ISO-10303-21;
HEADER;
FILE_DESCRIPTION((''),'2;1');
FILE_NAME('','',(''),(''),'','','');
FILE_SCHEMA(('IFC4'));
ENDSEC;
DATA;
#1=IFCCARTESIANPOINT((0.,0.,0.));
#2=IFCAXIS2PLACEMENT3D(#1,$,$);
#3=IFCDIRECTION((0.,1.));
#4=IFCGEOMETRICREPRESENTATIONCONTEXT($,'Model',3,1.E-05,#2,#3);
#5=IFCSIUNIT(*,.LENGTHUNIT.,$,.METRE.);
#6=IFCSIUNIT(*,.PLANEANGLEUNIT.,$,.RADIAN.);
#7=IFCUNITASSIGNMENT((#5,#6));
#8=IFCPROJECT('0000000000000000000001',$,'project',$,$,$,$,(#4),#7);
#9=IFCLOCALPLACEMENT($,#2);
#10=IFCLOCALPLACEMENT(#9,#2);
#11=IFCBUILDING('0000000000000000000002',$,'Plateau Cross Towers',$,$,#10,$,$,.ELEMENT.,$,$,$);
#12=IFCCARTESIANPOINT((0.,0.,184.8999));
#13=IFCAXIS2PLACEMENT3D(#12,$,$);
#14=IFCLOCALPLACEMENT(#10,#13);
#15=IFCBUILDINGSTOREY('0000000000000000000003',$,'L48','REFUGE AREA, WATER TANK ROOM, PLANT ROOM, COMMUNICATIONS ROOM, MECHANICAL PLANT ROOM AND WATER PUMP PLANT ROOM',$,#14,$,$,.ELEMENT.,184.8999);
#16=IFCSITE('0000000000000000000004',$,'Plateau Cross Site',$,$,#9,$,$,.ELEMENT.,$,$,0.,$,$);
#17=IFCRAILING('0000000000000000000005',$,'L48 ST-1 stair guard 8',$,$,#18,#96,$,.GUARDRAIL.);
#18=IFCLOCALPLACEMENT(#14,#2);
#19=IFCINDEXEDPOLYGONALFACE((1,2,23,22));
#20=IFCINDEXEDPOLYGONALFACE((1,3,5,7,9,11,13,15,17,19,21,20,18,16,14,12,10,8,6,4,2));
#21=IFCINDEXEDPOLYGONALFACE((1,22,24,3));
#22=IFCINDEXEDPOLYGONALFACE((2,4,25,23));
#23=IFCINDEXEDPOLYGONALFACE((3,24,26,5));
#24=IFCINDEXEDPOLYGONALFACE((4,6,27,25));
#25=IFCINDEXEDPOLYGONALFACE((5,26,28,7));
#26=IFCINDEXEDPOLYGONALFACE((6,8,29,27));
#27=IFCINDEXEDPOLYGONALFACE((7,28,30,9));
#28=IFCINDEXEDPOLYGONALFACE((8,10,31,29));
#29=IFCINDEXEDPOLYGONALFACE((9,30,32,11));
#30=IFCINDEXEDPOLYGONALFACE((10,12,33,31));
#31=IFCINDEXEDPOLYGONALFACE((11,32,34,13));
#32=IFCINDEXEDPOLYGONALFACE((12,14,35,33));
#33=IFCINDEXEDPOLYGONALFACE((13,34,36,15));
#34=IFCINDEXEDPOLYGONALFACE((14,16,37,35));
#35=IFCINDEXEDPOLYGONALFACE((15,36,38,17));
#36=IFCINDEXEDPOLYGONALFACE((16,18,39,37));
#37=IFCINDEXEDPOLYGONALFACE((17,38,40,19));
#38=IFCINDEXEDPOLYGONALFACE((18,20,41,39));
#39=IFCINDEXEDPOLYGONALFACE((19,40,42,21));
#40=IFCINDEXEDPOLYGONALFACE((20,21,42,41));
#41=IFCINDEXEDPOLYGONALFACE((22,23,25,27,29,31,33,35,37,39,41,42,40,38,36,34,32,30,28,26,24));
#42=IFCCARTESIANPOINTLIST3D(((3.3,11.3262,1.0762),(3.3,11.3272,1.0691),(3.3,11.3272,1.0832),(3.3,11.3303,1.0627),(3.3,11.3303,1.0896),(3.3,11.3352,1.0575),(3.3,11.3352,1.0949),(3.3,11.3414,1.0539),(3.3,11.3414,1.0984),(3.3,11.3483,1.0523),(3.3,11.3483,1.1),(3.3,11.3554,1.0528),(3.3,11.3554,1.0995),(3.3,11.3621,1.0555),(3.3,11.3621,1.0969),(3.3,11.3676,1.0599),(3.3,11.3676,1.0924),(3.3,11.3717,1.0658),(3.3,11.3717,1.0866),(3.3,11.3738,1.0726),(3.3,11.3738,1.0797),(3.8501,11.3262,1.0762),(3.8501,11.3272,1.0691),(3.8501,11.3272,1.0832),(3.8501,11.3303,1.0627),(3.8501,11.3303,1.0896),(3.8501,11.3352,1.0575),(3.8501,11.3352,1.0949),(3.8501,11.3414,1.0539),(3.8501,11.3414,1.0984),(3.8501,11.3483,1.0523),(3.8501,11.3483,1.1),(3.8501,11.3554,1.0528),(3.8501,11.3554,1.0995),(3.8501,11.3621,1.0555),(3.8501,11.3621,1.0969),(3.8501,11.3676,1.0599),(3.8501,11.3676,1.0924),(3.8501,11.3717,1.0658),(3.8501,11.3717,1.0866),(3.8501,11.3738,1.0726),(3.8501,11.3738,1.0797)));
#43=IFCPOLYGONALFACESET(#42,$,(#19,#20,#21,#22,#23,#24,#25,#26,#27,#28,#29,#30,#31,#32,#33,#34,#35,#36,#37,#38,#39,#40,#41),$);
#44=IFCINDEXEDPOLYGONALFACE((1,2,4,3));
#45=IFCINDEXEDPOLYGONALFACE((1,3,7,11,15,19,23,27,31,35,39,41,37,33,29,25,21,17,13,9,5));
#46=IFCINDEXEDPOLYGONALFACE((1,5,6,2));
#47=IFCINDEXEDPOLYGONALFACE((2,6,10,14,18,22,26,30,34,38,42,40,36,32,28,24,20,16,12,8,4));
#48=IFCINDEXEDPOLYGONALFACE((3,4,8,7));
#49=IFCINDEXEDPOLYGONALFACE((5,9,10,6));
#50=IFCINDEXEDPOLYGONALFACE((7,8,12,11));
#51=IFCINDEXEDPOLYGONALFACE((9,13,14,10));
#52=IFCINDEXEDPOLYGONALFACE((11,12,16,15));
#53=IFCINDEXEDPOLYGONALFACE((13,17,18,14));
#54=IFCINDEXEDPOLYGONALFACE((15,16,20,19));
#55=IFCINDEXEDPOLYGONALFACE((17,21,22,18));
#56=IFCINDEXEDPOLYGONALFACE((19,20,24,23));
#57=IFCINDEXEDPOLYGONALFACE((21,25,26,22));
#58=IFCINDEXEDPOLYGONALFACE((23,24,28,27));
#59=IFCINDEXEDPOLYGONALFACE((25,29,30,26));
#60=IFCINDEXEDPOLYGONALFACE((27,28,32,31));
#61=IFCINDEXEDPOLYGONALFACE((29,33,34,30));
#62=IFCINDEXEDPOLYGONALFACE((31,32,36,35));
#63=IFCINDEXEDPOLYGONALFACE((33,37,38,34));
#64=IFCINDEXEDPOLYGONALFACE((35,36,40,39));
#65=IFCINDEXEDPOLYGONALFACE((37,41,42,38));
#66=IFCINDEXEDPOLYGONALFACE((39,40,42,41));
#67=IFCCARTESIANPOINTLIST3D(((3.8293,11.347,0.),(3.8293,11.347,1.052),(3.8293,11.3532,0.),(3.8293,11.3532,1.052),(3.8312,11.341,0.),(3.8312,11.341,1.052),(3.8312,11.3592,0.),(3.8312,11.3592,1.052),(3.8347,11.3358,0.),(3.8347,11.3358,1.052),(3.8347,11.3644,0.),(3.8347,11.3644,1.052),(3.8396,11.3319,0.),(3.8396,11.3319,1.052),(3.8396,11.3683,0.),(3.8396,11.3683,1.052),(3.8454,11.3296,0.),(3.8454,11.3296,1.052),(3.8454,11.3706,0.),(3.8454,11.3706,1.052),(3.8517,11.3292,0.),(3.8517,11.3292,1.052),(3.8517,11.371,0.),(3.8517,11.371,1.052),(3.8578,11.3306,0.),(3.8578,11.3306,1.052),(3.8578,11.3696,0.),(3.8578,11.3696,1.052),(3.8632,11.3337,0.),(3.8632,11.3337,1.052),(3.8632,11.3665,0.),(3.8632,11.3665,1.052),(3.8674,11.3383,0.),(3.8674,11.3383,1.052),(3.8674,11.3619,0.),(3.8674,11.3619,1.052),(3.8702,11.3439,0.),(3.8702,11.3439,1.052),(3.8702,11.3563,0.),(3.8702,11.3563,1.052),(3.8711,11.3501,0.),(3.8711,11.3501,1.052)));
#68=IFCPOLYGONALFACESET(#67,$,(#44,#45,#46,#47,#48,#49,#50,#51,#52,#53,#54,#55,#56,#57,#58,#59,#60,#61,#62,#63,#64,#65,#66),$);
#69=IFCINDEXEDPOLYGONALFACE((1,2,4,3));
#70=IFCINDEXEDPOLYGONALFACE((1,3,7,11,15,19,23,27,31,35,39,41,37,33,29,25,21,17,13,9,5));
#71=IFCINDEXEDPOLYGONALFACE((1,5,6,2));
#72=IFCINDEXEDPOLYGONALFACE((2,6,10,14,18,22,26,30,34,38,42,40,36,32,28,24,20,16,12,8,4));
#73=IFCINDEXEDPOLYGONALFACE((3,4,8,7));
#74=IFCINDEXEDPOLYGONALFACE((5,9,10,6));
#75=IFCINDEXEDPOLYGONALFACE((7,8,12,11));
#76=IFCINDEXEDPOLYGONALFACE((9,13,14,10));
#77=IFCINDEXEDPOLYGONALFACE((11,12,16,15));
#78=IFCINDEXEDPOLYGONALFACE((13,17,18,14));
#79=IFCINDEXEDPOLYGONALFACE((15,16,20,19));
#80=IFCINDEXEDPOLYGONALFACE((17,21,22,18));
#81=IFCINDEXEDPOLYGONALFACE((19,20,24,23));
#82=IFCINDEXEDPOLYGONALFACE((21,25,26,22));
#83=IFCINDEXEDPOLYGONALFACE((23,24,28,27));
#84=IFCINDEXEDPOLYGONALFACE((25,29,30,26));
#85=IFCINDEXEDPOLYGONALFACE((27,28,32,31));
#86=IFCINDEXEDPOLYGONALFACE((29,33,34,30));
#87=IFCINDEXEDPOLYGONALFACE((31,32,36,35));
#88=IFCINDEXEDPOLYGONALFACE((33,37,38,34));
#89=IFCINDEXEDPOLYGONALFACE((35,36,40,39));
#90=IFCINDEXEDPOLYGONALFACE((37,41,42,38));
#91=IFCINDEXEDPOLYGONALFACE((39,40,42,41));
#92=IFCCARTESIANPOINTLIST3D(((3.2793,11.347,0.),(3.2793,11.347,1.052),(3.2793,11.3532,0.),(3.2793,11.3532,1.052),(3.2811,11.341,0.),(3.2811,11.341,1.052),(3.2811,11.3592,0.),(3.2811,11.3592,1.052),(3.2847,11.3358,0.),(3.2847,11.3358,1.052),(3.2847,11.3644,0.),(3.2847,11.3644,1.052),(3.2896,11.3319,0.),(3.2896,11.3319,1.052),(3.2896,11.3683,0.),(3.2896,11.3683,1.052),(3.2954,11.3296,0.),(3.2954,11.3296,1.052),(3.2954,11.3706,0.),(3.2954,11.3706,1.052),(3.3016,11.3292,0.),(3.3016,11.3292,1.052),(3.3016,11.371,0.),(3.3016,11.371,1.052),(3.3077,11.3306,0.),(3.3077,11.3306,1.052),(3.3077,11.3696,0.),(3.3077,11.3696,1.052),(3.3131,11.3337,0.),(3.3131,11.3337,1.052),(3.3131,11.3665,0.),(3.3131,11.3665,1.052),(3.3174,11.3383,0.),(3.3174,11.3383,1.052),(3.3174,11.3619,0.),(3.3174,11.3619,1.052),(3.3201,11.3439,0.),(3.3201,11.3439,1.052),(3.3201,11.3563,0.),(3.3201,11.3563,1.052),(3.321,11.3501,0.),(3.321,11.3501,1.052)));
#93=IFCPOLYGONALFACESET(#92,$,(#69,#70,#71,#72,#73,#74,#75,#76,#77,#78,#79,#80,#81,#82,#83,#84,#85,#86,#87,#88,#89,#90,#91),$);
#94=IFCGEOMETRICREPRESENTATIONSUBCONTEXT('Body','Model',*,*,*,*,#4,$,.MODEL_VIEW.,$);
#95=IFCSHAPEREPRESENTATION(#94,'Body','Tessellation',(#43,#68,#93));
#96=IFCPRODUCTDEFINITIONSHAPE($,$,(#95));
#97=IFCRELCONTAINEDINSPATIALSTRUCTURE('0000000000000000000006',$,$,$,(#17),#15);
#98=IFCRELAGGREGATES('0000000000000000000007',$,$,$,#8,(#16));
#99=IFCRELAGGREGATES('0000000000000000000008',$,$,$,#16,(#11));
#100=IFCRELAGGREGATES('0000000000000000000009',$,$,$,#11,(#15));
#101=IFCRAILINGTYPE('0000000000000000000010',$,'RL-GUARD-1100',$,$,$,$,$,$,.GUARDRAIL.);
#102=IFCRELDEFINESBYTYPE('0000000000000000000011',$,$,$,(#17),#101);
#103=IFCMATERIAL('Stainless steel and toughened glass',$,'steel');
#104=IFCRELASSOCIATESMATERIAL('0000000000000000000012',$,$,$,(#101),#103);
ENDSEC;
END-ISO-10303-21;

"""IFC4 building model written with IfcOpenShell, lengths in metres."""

from ifc_helpers import new_model, si_unit, direction, frame, origin, origin_2d, place, context, subcontext, project, spatial, circle, extrude, material, type_object, element, save


model = new_model("IFC4")

# Units and contexts
model_context = context("Model", 3, precision=1e-05, world=origin(), true_north=direction((0.0, 1.0)))
body_context = subcontext(model_context, "Body", "Model", "MODEL_VIEW")
ifc_project = project(units=[si_unit("LENGTHUNIT", "METRE"), si_unit("PLANEANGLEUNIT", "RADIAN")], contexts=[model_context])

# Site, building, storey
site_placement = place(None, origin())
site = spatial("IfcSite", under=ifc_project, at=site_placement, Name="Plateau Cross Site", CompositionType="ELEMENT", RefElevation=0.0)
building_placement = place(site_placement, origin())
building = spatial("IfcBuilding", under=site, at=building_placement, Name="Plateau Cross Towers", CompositionType="ELEMENT")
storey_placement = place(building_placement, frame((0.0, 0.0, 184.8999)))
storey = spatial("IfcBuildingStorey", under=building, at=storey_placement, Name="L48", Description="REFUGE AREA, WATER TANK ROOM, PLANT ROOM, COMMUNICATIONS ROOM, MECHANICAL PLANT ROOM AND WATER PUMP PLANT ROOM", CompositionType="ELEMENT", Elevation=184.8999)

# Railing
ifc_material_1 = material(Name="Stainless steel and toughened glass", Category="steel")
railing_type = type_object("IfcRailingType", Name="RL-GUARD-1100", PredefinedType="GUARDRAIL", material=ifc_material_1)
railing_1_placement = place(storey_placement, frame((3.8501, 11.3501, 0.0)))
element("IfcRailing", 1, at=railing_1_placement, inside=storey, type_object=railing_type, Name="L48 ST-1 stair guard 8", PredefinedType="GUARDRAIL", context=body_context, shape_type="SweptSolid", body=[
    extrude(circle(Radius=0.0239, at=origin_2d()), frame((0.0, 0.0, 1.0762), z_axis=(-1.0, 0.0, 0.0), x_axis=(0.0, -1.0, 0.0)), (0.0, 0.0, 1.0), 0.55),
    extrude(circle(Radius=0.021, at=origin_2d()), origin(), (0.0, 0.0, 1.0), 1.052),
    extrude(circle(Radius=0.021, at=origin_2d()), frame((-0.55, 0.0, 0.0)), (0.0, 0.0, 1.0), 1.052),
])

save(model, "model.ifc")
